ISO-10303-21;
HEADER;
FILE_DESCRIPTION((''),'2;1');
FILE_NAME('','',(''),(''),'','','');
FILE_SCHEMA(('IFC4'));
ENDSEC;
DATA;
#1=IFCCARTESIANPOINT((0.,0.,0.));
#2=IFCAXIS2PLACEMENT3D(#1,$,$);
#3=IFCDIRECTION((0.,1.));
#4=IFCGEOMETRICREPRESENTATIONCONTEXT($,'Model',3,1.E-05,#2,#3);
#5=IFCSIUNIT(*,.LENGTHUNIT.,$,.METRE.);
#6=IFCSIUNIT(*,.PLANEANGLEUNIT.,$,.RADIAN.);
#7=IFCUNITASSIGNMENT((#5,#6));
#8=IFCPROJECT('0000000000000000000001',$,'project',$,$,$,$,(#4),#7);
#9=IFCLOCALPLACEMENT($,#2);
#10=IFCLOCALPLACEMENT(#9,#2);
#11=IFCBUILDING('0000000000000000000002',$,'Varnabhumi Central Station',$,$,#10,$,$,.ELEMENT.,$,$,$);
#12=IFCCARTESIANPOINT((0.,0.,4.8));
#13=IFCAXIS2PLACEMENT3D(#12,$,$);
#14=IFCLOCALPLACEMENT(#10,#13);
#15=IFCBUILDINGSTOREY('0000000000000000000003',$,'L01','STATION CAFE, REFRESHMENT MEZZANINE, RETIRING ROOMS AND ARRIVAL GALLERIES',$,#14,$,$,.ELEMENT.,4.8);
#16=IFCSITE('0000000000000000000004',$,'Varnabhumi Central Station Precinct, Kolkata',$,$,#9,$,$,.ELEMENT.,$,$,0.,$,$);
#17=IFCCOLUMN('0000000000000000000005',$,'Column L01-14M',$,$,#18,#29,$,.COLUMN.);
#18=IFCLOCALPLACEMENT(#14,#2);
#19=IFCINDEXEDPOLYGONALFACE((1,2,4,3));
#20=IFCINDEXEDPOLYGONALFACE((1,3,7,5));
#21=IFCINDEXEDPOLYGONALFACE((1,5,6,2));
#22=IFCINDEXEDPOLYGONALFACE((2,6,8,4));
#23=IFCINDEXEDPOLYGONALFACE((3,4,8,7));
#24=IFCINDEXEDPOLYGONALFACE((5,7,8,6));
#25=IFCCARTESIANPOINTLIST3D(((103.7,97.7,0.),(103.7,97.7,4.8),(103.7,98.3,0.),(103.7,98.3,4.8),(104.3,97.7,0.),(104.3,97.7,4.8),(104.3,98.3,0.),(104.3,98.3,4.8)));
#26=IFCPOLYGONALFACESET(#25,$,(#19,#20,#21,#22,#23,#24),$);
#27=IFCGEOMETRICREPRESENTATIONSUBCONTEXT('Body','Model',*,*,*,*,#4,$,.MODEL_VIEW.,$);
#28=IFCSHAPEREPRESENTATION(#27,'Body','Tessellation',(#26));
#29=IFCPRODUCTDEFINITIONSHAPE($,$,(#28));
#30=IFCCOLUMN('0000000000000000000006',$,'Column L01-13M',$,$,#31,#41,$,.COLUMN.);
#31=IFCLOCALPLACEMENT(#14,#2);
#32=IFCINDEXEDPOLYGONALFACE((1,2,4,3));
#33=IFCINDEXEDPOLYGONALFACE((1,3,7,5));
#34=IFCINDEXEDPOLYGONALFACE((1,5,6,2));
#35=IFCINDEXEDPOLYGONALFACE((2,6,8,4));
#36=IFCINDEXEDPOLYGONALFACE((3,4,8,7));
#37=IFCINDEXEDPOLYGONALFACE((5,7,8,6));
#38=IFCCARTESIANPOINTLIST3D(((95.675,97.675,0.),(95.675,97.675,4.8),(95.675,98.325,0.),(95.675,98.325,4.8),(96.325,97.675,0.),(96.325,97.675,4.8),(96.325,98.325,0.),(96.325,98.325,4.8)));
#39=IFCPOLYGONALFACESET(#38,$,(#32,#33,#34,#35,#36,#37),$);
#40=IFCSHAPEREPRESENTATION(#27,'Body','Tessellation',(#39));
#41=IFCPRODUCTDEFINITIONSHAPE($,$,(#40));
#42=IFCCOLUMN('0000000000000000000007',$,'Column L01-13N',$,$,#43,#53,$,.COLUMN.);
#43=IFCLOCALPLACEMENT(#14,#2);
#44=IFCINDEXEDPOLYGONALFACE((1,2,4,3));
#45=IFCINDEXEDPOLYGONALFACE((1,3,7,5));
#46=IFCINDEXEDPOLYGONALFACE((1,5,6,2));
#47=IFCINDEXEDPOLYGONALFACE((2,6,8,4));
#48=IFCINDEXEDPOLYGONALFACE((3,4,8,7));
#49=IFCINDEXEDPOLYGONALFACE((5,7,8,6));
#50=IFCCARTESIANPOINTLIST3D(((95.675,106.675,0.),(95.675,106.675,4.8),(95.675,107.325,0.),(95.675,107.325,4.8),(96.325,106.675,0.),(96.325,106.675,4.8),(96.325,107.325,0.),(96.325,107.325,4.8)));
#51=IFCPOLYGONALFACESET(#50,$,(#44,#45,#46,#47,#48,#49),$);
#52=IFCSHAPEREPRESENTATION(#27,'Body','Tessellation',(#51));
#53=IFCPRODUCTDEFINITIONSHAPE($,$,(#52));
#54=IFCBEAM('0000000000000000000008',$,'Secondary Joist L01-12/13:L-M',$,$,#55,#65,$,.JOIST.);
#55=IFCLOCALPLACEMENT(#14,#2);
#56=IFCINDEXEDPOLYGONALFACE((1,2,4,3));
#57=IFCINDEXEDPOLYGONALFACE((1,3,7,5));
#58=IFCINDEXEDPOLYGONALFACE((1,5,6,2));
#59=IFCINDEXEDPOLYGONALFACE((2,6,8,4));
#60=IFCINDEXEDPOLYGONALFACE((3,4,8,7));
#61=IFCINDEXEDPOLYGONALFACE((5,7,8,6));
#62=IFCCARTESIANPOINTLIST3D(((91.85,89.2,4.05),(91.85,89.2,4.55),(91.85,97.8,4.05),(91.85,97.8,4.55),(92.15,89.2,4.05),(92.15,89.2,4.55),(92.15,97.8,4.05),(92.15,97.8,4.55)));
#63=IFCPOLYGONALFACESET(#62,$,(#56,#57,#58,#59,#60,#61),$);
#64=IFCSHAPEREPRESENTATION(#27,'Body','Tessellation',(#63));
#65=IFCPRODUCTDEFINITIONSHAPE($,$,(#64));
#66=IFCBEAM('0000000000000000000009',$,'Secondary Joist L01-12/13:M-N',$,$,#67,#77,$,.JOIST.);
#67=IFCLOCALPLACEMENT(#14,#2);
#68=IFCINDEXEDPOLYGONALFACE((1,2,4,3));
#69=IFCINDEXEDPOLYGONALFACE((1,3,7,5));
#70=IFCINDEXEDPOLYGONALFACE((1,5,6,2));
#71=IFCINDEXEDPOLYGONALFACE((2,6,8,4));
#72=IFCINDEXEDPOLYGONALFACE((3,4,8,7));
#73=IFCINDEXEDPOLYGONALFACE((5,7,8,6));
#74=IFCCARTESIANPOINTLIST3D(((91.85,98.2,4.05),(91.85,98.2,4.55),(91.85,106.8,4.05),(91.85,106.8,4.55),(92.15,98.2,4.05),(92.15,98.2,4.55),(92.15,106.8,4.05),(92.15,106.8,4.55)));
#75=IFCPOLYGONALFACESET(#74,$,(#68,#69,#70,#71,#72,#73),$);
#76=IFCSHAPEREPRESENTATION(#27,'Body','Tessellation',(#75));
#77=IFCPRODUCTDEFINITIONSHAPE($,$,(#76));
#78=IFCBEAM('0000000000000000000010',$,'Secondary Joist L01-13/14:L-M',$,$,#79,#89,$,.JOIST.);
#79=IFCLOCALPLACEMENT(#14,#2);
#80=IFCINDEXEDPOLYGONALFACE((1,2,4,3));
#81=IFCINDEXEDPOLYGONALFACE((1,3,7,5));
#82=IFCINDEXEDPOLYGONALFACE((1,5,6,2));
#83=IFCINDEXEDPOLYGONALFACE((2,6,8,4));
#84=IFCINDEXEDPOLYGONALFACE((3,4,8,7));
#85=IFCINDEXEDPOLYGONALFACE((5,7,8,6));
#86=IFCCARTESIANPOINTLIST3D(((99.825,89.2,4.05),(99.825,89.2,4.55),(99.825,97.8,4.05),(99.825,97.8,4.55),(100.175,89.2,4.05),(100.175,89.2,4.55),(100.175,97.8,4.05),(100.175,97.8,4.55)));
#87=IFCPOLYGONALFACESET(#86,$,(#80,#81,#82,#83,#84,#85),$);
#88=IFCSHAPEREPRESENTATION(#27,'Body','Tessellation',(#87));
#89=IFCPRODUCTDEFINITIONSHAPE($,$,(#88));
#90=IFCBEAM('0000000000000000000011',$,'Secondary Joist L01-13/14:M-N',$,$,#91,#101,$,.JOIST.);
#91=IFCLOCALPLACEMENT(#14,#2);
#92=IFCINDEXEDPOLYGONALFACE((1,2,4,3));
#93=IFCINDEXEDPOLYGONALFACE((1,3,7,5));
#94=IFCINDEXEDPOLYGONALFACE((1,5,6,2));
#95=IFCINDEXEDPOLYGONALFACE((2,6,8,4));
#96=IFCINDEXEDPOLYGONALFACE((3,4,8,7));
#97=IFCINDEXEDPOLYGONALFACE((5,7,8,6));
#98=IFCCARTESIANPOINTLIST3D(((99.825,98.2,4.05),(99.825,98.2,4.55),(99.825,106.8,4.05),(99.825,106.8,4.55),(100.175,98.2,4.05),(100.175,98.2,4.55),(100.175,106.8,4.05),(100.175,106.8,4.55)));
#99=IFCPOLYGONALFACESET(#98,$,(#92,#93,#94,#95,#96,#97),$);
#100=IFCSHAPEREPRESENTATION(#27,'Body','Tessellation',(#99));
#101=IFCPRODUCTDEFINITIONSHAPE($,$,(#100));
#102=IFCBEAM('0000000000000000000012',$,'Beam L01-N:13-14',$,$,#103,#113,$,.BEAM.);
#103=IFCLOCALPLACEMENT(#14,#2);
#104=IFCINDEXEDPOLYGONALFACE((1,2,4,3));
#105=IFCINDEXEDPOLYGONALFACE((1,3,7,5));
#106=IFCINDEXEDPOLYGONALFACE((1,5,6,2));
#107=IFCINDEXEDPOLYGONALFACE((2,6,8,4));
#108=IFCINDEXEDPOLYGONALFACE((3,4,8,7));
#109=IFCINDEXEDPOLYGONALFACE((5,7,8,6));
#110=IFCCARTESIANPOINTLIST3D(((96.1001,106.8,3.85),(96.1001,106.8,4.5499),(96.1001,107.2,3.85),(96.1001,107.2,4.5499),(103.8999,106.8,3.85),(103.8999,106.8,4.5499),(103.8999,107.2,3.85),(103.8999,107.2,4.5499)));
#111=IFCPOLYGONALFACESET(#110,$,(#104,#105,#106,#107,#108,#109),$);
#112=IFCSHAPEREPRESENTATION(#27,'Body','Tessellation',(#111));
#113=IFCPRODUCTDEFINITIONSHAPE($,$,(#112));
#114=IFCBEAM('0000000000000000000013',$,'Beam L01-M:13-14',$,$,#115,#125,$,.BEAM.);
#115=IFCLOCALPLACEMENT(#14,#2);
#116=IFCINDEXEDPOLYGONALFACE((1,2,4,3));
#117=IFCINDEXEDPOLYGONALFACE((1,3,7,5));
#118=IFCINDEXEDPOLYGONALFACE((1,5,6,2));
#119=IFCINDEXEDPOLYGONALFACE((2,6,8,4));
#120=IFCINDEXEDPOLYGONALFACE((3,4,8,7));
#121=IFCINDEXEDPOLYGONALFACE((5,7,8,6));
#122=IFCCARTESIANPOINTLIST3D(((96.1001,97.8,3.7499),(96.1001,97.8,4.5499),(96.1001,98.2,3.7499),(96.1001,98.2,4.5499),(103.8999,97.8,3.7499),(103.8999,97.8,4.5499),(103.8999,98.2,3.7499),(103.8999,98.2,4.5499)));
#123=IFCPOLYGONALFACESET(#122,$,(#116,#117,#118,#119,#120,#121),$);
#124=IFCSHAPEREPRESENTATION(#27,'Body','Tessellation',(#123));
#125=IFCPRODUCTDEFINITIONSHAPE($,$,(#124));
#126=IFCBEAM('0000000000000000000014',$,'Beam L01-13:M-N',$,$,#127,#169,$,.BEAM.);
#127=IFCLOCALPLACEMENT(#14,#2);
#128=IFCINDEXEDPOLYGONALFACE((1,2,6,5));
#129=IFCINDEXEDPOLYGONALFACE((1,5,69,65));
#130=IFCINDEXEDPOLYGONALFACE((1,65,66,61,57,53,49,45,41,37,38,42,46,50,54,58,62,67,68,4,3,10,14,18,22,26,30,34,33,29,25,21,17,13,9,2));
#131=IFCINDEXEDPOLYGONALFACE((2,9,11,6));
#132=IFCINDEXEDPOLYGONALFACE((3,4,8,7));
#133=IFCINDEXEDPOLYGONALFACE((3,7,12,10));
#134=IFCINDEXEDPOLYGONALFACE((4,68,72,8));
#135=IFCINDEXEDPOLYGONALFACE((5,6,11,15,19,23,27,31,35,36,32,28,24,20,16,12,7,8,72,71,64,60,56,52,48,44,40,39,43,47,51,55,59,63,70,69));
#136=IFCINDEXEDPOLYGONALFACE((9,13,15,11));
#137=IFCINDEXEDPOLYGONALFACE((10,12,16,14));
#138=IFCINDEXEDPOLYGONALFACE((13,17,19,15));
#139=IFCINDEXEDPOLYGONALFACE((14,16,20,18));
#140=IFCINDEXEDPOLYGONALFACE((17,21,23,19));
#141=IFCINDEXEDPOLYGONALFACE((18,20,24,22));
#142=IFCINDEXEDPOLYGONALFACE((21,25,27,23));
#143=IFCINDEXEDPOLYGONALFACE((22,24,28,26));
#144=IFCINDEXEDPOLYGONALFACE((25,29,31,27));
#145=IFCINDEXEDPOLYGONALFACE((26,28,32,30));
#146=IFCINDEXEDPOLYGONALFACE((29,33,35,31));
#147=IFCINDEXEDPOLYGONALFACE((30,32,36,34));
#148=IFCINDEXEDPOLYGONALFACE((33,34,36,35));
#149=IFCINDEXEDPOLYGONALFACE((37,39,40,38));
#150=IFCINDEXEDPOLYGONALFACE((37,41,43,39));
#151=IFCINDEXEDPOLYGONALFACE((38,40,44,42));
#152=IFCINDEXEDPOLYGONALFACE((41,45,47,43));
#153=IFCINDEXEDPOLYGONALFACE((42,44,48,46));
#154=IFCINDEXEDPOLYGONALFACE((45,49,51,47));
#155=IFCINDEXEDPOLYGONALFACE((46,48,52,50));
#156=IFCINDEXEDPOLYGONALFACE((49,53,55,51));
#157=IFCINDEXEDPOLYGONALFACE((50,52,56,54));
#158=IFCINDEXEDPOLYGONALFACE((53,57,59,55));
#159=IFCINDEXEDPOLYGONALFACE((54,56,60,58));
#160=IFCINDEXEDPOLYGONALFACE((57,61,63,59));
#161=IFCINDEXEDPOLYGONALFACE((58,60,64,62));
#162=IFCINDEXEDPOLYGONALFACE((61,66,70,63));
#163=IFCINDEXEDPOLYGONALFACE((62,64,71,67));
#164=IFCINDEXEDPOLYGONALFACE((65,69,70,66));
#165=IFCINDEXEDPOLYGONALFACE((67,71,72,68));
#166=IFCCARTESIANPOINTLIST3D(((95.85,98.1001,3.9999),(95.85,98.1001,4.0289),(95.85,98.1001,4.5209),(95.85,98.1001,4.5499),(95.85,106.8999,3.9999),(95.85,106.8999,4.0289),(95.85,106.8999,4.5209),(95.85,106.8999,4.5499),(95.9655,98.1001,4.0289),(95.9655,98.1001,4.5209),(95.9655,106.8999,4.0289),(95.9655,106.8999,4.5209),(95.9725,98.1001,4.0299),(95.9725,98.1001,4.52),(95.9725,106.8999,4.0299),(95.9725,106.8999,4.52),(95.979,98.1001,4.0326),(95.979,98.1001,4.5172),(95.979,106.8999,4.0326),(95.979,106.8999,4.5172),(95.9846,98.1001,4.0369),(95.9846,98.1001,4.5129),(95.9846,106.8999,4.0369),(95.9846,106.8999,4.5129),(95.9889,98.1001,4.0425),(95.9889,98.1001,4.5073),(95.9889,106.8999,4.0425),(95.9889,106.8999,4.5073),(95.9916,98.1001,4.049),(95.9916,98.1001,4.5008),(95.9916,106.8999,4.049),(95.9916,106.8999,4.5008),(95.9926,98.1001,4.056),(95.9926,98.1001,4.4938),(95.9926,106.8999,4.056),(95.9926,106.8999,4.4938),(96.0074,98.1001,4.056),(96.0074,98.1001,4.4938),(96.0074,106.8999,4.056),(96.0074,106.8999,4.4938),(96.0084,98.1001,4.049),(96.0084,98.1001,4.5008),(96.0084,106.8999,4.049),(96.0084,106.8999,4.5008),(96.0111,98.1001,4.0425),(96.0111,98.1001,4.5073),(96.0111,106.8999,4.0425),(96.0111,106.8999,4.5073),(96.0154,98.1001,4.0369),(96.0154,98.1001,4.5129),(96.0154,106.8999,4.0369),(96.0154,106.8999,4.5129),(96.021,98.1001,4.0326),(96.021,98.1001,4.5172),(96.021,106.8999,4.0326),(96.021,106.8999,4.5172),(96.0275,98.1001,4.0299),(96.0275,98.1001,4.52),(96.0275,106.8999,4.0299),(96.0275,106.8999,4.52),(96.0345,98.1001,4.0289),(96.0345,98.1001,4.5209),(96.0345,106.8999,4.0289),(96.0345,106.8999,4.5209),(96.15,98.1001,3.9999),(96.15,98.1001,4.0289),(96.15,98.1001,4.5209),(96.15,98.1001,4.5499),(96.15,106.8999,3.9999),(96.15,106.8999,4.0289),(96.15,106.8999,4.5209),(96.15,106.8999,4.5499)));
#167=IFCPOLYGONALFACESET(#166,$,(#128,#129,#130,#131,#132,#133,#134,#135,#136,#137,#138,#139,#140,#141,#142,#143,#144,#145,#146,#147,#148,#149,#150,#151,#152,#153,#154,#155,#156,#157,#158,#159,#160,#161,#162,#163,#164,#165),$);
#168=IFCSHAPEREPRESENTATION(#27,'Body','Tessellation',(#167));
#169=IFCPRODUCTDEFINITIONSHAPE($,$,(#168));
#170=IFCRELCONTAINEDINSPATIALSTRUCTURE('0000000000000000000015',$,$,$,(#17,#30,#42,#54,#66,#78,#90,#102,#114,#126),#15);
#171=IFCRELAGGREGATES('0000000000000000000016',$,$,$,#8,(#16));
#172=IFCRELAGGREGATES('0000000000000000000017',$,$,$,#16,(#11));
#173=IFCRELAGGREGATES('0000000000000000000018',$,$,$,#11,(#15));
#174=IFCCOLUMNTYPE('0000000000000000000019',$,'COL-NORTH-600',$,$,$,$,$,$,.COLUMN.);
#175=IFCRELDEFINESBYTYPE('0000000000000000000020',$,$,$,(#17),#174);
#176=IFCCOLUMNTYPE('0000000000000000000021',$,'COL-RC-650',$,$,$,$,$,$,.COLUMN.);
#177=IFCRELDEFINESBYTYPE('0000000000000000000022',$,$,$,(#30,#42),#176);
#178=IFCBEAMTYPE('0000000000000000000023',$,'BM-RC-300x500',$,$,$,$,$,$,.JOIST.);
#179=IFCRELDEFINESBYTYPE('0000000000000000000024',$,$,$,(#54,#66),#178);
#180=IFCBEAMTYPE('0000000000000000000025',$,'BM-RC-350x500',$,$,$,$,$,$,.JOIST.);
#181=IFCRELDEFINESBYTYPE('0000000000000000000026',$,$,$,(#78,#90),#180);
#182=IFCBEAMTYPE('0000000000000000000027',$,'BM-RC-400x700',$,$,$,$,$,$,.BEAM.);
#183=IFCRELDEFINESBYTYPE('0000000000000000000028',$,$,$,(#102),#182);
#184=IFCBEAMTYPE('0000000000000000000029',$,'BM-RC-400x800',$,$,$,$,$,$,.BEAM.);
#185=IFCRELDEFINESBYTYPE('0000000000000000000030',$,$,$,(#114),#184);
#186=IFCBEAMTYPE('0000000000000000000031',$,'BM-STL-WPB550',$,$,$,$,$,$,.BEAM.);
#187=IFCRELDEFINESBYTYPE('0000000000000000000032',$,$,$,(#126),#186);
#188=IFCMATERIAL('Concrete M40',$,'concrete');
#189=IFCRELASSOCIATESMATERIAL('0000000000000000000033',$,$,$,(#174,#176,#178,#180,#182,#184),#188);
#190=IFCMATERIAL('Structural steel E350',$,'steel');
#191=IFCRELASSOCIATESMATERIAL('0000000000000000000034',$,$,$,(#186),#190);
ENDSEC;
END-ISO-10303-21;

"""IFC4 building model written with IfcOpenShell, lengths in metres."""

from ifc_helpers import new_model, si_unit, direction, frame, origin, origin_2d, place, context, subcontext, project, spatial, rectangle, i_section, extrude, material, material_profile, profile_set, type_object, element, save


model = new_model("IFC4")

# Units and contexts
model_context = context("Model", 3, precision=1e-05, world=origin(), true_north=direction((0.0, 1.0)))
body_context = subcontext(model_context, "Body", "Model", "MODEL_VIEW")
ifc_project = project(units=[si_unit("LENGTHUNIT", "METRE"), si_unit("PLANEANGLEUNIT", "RADIAN")], contexts=[model_context])

# Site, building, storey
site_placement = place(None, origin())
site = spatial("IfcSite", under=ifc_project, at=site_placement, Name="Varnabhumi Central Station Precinct, Kolkata", CompositionType="ELEMENT", RefElevation=0.0)
building_placement = place(site_placement, origin())
building = spatial("IfcBuilding", under=site, at=building_placement, Name="Varnabhumi Central Station", CompositionType="ELEMENT")
storey_placement = place(building_placement, frame((0.0, 0.0, 4.8)))
storey = spatial("IfcBuildingStorey", under=building, at=storey_placement, Name="L01", Description="STATION CAFE, REFRESHMENT MEZZANINE, RETIRING ROOMS AND ARRIVAL GALLERIES", CompositionType="ELEMENT", Elevation=4.8)

# Columns
ifc_material_1 = material(Name="Concrete M40", Category="concrete")
ifc_material_profile_1 = material_profile(ifc_material_1, rectangle(XDim=0.6001, YDim=0.6001, at=origin_2d()), Name="Concrete M40", Category="concrete")
ifc_profile_set_1 = profile_set([ifc_material_profile_1], Name="Concrete M40")
column_type_1 = type_object("IfcColumnType", Name="COL-NORTH-600", PredefinedType="COLUMN", material=ifc_profile_set_1)
column_placement = place(storey_placement, frame((104.0, 98.0, 0.0), z_axis=(0.0, 0.0, 1.0), x_axis=(1.0, 0.0, 0.0)))
element("IfcColumn", 1, at=column_placement, inside=storey, type_object=column_type_1, Name="Column L01-14M", PredefinedType="COLUMN", context=body_context, shape_type="SweptSolid", body=[
    extrude(rectangle(XDim=0.6001, YDim=0.6001, at=origin_2d()), origin(), (0.0, 0.0, 1.0), 4.8),
])
ifc_material_profile_2 = material_profile(ifc_material_1, rectangle(XDim=0.6499, YDim=0.6499, at=origin_2d()), Name="Concrete M40", Category="concrete")
ifc_profile_set_2 = profile_set([ifc_material_profile_2], Name="Concrete M40")
column_type_2 = type_object("IfcColumnType", Name="COL-RC-650", PredefinedType="COLUMN", material=ifc_profile_set_2)
for number, where, z_axis, x_axis, name in (
    (2, (96.0, 98.0, 0.0), (0.0, 0.0, 1.0), (1.0, 0.0, 0.0), "Column L01-13M"),
    (3, (96.0, 107.0, 0.0), (0.0, 0.0, 1.0), (1.0, 0.0, 0.0), "Column L01-13N"),
):
    element("IfcColumn", number, at=place(storey_placement, frame(where, z_axis=z_axis, x_axis=x_axis)), inside=storey, type_object=column_type_2, Name=name, PredefinedType="COLUMN", context=body_context, shape_type="SweptSolid", body=[
        extrude(rectangle(XDim=0.6499, YDim=0.6499, at=origin_2d()), origin(), (0.0, 0.0, 1.0), 4.8),
    ])

# Beams
ifc_material_profile_3 = material_profile(ifc_material_1, rectangle(XDim=0.3, YDim=0.5, at=origin_2d()), Name="Concrete M40", Category="concrete")
ifc_profile_set_3 = profile_set([ifc_material_profile_3], Name="Concrete M40")
beam_type_1 = type_object("IfcBeamType", Name="BM-RC-300x500", PredefinedType="JOIST", material=ifc_profile_set_3)
for number, where, z_axis, x_axis, name in (
    (4, (92.0, 89.2, 4.3), (0.0, 1.0, 0.0), (-1.0, 0.0, 0.0), "Secondary Joist L01-12/13:L-M"),
    (5, (92.0, 98.2, 4.3), (0.0, 1.0, 0.0), (-1.0, 0.0, 0.0), "Secondary Joist L01-12/13:M-N"),
):
    element("IfcBeam", number, at=place(storey_placement, frame(where, z_axis=z_axis, x_axis=x_axis)), inside=storey, type_object=beam_type_1, Name=name, PredefinedType="JOIST", context=body_context, shape_type="SweptSolid", body=[
        extrude(rectangle(XDim=0.3, YDim=0.5, at=origin_2d()), origin(), (0.0, 0.0, 1.0), 8.6001),
    ])
ifc_material_profile_4 = material_profile(ifc_material_1, rectangle(XDim=0.3501, YDim=0.5, at=origin_2d()), Name="Concrete M40", Category="concrete")
ifc_profile_set_4 = profile_set([ifc_material_profile_4], Name="Concrete M40")
beam_type_2 = type_object("IfcBeamType", Name="BM-RC-350x500", PredefinedType="JOIST", material=ifc_profile_set_4)
for number, where, z_axis, x_axis, name in (
    (6, (100.0, 89.2, 4.3), (0.0, 1.0, 0.0), (-1.0, 0.0, 0.0), "Secondary Joist L01-13/14:L-M"),
    (7, (100.0, 98.2, 4.3), (0.0, 1.0, 0.0), (-1.0, 0.0, 0.0), "Secondary Joist L01-13/14:M-N"),
):
    element("IfcBeam", number, at=place(storey_placement, frame(where, z_axis=z_axis, x_axis=x_axis)), inside=storey, type_object=beam_type_2, Name=name, PredefinedType="JOIST", context=body_context, shape_type="SweptSolid", body=[
        extrude(rectangle(XDim=0.3501, YDim=0.5, at=origin_2d()), origin(), (0.0, 0.0, 1.0), 8.6001),
    ])
ifc_material_profile_5 = material_profile(ifc_material_1, rectangle(XDim=0.3999, YDim=0.7, at=origin_2d()), Name="Concrete M40", Category="concrete")
ifc_profile_set_5 = profile_set([ifc_material_profile_5], Name="Concrete M40")
beam_type_3 = type_object("IfcBeamType", Name="BM-RC-400x700", PredefinedType="BEAM", material=ifc_profile_set_5)
beam_1_placement = place(storey_placement, frame((96.1001, 107.0, 4.2), z_axis=(1.0, 0.0, 0.0), x_axis=(0.0, 1.0, 0.0)))
element("IfcBeam", 8, at=beam_1_placement, inside=storey, type_object=beam_type_3, Name="Beam L01-N:13-14", PredefinedType="BEAM", context=body_context, shape_type="SweptSolid", body=[
    extrude(rectangle(XDim=0.3999, YDim=0.7, at=origin_2d()), origin(), (0.0, 0.0, 1.0), 7.7998),
])
ifc_material_profile_6 = material_profile(ifc_material_1, rectangle(XDim=0.3999, YDim=0.8, at=origin_2d()), Name="Concrete M40", Category="concrete")
ifc_profile_set_6 = profile_set([ifc_material_profile_6], Name="Concrete M40")
beam_type_4 = type_object("IfcBeamType", Name="BM-RC-400x800", PredefinedType="BEAM", material=ifc_profile_set_6)
beam_2_placement = place(storey_placement, frame((96.1001, 98.0, 4.1499), z_axis=(1.0, 0.0, 0.0), x_axis=(0.0, 1.0, 0.0)))
element("IfcBeam", 9, at=beam_2_placement, inside=storey, type_object=beam_type_4, Name="Beam L01-M:13-14", PredefinedType="BEAM", context=body_context, shape_type="SweptSolid", body=[
    extrude(rectangle(XDim=0.3999, YDim=0.8, at=origin_2d()), origin(), (0.0, 0.0, 1.0), 7.7998),
])
ifc_material_2 = material(Name="Structural steel E350", Category="steel")
ifc_material_profile_7 = material_profile(ifc_material_2, i_section(OverallWidth=0.3, OverallDepth=0.55, WebThickness=0.0149, FlangeThickness=0.0291, FilletRadius=0.0271, at=origin_2d()), Name="Structural steel E350", Category="steel")
ifc_profile_set_7 = profile_set([ifc_material_profile_7], Name="Structural steel E350")
beam_type_5 = type_object("IfcBeamType", Name="BM-STL-WPB550", PredefinedType="BEAM", material=ifc_profile_set_7)
for number, where, z_axis, x_axis, name in (
    (10, (96.0, 98.1001, 4.2749), (0.0, 1.0, 0.0), (-1.0, 0.0, 0.0), "Beam L01-13:M-N"),
):
    element("IfcBeam", number, at=place(storey_placement, frame(where, z_axis=z_axis, x_axis=x_axis)), inside=storey, type_object=beam_type_5, Name=name, PredefinedType="BEAM", context=body_context, shape_type="SweptSolid", body=[
        extrude(i_section(OverallWidth=0.3, OverallDepth=0.55, WebThickness=0.0149, FlangeThickness=0.0291, FilletRadius=0.0271, at=origin_2d()), origin(), (0.0, 0.0, 1.0), 8.7998),
    ])

save(model, "model.ifc")
